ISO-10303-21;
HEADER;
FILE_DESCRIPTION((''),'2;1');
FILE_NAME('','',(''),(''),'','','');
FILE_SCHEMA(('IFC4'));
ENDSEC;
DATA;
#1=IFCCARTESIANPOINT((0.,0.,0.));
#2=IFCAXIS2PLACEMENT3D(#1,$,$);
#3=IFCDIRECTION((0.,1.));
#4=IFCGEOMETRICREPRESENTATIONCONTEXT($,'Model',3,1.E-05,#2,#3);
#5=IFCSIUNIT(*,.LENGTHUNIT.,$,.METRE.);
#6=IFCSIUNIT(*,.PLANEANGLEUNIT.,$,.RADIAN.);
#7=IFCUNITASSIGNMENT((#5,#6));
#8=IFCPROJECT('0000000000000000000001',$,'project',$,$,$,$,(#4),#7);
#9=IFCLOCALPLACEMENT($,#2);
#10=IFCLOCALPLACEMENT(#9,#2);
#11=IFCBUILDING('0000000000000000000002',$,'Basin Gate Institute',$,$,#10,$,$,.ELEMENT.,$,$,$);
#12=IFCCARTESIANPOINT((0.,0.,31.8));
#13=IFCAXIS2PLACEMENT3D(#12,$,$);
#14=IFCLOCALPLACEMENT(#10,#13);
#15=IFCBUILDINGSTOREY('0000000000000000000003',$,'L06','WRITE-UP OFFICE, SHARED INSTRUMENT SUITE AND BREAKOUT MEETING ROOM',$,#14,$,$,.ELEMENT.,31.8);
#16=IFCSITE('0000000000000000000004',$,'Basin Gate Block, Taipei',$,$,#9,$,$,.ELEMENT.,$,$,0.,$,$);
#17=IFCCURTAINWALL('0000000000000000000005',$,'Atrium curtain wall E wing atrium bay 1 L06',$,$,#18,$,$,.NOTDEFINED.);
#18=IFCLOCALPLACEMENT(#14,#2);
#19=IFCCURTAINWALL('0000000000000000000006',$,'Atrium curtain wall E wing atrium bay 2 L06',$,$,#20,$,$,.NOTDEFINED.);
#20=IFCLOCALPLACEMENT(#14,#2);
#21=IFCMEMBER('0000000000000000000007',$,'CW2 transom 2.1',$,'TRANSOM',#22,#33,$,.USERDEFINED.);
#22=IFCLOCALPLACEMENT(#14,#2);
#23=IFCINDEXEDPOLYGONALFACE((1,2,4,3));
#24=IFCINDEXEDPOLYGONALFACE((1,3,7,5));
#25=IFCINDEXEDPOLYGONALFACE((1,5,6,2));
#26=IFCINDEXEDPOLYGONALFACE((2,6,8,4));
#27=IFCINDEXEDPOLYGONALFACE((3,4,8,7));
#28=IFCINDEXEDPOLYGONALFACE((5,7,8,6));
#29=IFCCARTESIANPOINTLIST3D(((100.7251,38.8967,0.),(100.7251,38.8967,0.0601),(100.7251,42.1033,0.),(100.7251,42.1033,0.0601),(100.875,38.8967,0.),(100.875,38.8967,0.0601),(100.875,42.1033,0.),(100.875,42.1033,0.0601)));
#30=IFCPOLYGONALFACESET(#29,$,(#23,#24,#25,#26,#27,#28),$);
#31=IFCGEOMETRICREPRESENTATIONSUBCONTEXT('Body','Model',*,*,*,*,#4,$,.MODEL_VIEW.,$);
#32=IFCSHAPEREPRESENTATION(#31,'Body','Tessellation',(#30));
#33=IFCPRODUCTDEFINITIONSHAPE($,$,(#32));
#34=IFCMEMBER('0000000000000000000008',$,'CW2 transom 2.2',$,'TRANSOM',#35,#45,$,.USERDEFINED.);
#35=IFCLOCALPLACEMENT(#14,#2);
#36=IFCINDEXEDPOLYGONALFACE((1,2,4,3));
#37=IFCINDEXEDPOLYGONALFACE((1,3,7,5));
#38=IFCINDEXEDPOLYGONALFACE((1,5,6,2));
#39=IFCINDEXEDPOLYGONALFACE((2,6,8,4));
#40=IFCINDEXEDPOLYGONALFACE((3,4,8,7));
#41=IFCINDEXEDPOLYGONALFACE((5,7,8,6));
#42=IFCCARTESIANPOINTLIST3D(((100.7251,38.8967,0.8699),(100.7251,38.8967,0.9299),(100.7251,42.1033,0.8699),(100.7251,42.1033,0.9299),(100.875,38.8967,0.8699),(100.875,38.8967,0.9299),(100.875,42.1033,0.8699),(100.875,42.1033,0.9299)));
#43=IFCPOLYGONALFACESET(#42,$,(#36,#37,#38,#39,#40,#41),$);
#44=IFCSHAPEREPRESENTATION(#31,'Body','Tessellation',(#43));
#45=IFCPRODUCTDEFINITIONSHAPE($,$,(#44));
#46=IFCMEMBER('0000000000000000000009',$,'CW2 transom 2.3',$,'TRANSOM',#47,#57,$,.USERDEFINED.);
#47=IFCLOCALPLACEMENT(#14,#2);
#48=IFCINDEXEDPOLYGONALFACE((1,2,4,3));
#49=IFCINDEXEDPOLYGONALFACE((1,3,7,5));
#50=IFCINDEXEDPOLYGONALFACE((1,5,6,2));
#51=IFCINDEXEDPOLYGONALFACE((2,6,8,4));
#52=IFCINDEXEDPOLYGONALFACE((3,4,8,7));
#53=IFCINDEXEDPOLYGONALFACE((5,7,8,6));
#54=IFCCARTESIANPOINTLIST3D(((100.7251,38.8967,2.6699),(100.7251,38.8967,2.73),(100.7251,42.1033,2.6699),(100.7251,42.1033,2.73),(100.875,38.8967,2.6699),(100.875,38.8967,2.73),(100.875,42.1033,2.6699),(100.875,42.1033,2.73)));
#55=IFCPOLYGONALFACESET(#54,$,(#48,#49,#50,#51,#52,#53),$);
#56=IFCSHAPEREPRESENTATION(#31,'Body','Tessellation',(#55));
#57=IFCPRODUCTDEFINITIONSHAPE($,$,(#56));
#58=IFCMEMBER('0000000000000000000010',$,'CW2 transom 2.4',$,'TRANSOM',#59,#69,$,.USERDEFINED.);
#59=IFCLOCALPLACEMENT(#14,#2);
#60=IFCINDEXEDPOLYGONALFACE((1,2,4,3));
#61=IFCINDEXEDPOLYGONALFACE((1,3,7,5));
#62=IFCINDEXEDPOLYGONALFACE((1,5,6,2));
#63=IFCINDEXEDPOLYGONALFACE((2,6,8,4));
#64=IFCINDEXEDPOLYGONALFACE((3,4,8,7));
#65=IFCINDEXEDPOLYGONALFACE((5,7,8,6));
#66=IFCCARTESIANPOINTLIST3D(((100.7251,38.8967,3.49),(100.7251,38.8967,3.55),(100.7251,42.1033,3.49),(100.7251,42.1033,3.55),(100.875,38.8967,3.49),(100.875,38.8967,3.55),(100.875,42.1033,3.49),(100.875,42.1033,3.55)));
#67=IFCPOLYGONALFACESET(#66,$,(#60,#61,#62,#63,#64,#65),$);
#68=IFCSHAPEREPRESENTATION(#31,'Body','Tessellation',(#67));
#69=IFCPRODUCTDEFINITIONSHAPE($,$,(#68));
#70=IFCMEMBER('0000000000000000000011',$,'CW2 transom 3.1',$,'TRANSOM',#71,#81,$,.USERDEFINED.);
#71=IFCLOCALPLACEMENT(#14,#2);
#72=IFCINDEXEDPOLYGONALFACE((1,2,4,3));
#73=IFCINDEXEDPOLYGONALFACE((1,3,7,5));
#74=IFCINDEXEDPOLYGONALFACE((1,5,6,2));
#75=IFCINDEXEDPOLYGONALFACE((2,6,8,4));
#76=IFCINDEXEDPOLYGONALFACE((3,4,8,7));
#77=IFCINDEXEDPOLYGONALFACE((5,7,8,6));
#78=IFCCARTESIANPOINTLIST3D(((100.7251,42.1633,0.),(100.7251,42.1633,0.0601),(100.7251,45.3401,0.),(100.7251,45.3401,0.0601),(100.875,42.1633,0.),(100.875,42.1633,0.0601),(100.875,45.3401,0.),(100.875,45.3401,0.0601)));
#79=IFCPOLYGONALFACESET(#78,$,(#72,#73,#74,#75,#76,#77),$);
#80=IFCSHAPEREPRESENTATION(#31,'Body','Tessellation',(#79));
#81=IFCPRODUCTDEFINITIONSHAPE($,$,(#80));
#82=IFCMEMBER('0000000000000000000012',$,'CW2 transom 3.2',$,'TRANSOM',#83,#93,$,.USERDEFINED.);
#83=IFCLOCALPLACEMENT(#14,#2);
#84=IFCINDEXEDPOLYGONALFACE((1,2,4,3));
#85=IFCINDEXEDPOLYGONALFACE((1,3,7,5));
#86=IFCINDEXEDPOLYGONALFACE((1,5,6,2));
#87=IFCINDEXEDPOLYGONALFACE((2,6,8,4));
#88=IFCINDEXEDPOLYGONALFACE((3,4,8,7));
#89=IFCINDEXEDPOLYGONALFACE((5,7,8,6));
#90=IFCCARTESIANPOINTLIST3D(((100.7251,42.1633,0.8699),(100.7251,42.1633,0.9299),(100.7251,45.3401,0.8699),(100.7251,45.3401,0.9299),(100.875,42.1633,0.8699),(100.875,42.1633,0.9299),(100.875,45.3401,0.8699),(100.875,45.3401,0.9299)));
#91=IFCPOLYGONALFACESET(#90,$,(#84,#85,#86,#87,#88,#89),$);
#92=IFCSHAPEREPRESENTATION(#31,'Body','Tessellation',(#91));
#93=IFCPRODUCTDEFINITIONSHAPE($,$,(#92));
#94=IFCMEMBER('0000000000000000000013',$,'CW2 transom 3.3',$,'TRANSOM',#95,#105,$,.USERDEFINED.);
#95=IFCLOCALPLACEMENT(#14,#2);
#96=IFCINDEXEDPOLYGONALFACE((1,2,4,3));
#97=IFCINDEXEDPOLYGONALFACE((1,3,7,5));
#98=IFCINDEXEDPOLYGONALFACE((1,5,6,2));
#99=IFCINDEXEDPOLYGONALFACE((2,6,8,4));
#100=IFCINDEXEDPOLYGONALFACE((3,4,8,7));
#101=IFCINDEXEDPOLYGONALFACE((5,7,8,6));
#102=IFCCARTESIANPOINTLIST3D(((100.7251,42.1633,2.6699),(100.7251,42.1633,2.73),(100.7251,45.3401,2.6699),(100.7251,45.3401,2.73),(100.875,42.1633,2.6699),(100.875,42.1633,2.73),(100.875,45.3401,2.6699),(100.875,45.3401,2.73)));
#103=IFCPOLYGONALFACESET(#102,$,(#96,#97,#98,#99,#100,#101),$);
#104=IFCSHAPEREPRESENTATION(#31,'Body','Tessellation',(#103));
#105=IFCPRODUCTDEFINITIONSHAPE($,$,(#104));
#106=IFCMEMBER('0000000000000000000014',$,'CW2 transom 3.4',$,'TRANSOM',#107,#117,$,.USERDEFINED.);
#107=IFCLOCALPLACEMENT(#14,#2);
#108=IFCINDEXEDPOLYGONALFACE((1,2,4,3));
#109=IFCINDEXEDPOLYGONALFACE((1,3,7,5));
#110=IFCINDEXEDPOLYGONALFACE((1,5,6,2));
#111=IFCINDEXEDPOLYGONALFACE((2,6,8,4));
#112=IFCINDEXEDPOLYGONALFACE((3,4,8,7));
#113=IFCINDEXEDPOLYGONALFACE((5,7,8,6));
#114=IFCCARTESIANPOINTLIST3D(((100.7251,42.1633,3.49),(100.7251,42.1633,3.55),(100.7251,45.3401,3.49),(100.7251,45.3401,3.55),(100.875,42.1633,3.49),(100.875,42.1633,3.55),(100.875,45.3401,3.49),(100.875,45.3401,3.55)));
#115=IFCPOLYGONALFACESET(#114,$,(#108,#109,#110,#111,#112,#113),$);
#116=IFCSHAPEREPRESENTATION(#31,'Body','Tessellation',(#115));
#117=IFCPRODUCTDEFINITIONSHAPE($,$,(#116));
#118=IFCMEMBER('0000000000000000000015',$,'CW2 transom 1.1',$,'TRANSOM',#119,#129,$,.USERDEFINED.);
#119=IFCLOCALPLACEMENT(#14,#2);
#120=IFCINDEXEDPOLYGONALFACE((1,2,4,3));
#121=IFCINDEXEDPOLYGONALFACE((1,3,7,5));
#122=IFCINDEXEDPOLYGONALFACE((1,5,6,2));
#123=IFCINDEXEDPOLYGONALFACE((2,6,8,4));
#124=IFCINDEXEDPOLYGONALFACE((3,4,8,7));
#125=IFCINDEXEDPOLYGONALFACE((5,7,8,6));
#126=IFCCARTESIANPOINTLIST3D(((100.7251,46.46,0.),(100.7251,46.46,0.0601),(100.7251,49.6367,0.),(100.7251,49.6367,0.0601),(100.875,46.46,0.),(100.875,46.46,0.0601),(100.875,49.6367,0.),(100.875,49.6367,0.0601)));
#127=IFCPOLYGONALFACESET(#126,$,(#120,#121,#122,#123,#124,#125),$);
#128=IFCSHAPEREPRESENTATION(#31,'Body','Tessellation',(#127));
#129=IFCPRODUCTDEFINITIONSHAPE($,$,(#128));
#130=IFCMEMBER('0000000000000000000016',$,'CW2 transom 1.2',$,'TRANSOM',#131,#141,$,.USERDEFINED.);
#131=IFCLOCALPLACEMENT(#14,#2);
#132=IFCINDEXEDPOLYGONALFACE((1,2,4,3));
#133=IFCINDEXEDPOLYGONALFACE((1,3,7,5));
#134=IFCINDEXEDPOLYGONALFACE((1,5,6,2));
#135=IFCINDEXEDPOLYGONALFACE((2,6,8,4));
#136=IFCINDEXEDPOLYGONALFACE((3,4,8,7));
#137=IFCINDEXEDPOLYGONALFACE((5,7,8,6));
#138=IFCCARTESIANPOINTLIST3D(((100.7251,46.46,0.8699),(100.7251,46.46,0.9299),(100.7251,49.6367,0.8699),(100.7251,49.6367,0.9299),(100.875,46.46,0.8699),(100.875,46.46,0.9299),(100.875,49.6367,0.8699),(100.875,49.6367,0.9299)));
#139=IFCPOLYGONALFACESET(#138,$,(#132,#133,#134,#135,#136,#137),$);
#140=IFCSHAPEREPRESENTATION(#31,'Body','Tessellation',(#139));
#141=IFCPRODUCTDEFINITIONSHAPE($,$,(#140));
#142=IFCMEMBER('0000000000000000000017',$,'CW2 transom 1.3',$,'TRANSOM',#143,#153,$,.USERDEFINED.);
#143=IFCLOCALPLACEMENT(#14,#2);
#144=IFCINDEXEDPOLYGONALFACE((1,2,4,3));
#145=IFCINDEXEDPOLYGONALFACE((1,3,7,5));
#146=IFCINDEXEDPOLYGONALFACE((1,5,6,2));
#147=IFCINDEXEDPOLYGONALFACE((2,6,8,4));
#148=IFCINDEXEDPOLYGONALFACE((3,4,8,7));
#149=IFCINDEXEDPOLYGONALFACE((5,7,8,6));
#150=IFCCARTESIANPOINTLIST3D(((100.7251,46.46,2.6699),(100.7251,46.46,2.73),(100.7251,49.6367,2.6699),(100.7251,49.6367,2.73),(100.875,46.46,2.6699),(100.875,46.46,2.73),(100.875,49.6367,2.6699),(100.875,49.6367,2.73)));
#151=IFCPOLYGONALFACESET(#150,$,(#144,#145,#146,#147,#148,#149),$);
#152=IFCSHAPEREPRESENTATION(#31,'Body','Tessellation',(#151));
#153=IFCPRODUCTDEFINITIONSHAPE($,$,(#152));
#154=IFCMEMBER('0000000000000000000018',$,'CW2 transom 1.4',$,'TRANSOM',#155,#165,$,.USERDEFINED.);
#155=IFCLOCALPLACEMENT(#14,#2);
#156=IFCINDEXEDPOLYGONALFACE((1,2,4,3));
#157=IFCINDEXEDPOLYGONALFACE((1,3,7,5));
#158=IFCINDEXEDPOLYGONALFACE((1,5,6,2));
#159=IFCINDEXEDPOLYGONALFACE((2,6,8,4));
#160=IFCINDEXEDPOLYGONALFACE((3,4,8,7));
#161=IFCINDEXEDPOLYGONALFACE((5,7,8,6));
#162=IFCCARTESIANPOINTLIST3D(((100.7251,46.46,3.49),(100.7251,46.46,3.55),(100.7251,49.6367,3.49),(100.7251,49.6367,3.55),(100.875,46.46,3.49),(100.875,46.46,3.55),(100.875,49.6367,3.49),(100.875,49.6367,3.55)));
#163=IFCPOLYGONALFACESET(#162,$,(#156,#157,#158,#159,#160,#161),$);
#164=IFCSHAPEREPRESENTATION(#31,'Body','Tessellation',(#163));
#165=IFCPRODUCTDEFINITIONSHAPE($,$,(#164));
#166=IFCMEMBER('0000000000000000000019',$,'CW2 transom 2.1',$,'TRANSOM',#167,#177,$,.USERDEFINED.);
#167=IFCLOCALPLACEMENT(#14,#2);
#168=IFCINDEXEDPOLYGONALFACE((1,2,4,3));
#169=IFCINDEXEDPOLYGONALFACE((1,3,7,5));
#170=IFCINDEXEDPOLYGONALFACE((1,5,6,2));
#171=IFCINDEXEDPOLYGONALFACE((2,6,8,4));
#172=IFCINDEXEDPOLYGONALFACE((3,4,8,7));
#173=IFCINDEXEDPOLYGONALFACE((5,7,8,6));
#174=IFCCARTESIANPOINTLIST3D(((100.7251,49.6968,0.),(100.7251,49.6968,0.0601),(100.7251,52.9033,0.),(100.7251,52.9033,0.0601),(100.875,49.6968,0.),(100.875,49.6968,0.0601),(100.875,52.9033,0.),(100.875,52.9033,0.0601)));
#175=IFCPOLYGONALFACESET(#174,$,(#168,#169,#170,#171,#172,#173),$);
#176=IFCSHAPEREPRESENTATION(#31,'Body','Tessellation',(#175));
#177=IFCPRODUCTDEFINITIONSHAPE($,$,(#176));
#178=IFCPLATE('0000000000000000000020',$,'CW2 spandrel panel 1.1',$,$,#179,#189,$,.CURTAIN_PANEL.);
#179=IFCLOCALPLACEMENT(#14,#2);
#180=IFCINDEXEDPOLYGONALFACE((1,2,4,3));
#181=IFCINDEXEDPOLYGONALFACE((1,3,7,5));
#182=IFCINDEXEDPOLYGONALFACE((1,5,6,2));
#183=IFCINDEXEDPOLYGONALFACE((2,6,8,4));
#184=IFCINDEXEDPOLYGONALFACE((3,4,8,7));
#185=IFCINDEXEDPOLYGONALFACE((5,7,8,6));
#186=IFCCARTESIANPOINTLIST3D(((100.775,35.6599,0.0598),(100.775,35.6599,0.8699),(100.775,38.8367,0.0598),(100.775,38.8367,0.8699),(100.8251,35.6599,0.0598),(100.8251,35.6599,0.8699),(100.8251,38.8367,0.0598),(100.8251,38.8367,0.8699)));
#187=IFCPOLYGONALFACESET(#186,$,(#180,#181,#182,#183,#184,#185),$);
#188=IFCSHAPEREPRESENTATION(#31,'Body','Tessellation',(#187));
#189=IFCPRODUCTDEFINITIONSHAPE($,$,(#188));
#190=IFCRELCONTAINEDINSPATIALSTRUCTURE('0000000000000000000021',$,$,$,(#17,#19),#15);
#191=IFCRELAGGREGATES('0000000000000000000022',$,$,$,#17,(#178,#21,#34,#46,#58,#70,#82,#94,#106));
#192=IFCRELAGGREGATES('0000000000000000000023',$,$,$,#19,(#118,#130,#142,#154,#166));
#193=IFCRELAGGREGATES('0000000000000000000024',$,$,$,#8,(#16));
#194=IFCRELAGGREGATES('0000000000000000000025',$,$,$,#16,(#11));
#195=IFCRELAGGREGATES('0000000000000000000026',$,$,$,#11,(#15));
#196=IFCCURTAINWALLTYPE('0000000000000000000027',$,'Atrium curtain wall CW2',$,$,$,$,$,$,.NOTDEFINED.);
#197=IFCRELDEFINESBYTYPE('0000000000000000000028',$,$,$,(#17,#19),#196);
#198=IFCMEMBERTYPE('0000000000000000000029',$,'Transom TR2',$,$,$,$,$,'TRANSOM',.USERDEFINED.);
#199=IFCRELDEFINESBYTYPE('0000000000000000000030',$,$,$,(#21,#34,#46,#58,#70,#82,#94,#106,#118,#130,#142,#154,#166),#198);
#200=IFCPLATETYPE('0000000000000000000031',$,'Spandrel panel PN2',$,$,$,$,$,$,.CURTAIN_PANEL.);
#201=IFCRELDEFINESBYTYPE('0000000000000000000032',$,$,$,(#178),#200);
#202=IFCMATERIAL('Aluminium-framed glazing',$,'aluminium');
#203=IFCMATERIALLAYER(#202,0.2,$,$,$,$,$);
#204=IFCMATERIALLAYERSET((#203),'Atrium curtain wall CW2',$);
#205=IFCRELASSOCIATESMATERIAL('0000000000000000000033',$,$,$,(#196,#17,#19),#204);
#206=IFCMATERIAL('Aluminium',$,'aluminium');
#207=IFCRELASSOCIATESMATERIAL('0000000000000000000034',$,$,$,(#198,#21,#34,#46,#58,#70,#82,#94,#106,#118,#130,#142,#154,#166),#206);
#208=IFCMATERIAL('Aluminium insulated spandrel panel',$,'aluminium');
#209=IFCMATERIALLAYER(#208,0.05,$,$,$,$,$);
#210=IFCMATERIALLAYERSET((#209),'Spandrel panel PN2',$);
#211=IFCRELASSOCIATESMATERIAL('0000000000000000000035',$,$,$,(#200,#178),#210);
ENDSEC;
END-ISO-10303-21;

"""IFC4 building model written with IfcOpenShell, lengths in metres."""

from ifc_helpers import new_model, si_unit, direction, frame, origin, origin_2d, place, context, subcontext, project, spatial, rectangle, extrude, material, layer, layer_set, material_profile, profile_set, type_object, element, aggregate, save


model = new_model("IFC4")

# Units and contexts
model_context = context("Model", 3, precision=1e-05, world=origin(), true_north=direction((0.0, 1.0)))
body_context = subcontext(model_context, "Body", "Model", "MODEL_VIEW")
ifc_project = project(units=[si_unit("LENGTHUNIT", "METRE"), si_unit("PLANEANGLEUNIT", "RADIAN")], contexts=[model_context])

# Site, building, storey
site_placement = place(None, origin())
site = spatial("IfcSite", under=ifc_project, at=site_placement, Name="Basin Gate Block, Taipei", CompositionType="ELEMENT", RefElevation=0.0)
building_placement = place(site_placement, origin())
building = spatial("IfcBuilding", under=site, at=building_placement, Name="Basin Gate Institute", CompositionType="ELEMENT")
storey_placement = place(building_placement, frame((0.0, 0.0, 31.8)))
storey = spatial("IfcBuildingStorey", under=building, at=storey_placement, Name="L06", Description="WRITE-UP OFFICE, SHARED INSTRUMENT SUITE AND BREAKOUT MEETING ROOM", CompositionType="ELEMENT", Elevation=31.8)

# Curtain walls
ifc_material_1 = material(Name="Aluminium-framed glazing", Category="aluminium")
ifc_layer_1 = layer(ifc_material_1, 0.2)
ifc_layer_set_1 = layer_set([ifc_layer_1], Name="Atrium curtain wall CW2")
curtain_wall_type = type_object("IfcCurtainWallType", Name="Atrium curtain wall CW2", PredefinedType="NOTDEFINED", material=ifc_layer_set_1)
curtain_wall_1_placement = place(storey_placement, origin())
curtain_wall_1 = element("IfcCurtainWall", 1, at=curtain_wall_1_placement, inside=storey, type_object=curtain_wall_type, material=ifc_layer_set_1, Name="Atrium curtain wall E wing atrium bay 1 L06", PredefinedType="NOTDEFINED")
curtain_wall_2_placement = place(storey_placement, origin())
curtain_wall_2 = element("IfcCurtainWall", 2, at=curtain_wall_2_placement, inside=storey, type_object=curtain_wall_type, material=ifc_layer_set_1, Name="Atrium curtain wall E wing atrium bay 2 L06", PredefinedType="NOTDEFINED")

# Members
ifc_material_2 = material(Name="Aluminium", Category="aluminium")
ifc_material_profile_1 = material_profile(ifc_material_2, rectangle(XDim=0.1499, YDim=0.0601, at=origin_2d()), Name="Transom TR2 150 x 60")
ifc_profile_set_1 = profile_set([ifc_material_profile_1], Name="Aluminium")
member_type_1 = type_object("IfcMemberType", Name="Transom TR2", ElementType="TRANSOM", PredefinedType="USERDEFINED", material=ifc_profile_set_1)
member_1_placement = place(storey_placement, frame((100.8, 38.8967, 0.03), z_axis=(0.0, 1.0, 0.0), x_axis=(-1.0, 0.0, 0.0)))
member_1 = element("IfcMember", 3, at=member_1_placement, type_object=member_type_1, material=ifc_profile_set_1, Name="CW2 transom 2.1", ObjectType="TRANSOM", PredefinedType="USERDEFINED", context=body_context, shape_type="SweptSolid", body=[
    extrude(rectangle(XDim=0.1499, YDim=0.0601, at=origin_2d()), origin(), (0.0, 0.0, 1.0), 3.2065),
])
member_2_placement = place(storey_placement, frame((100.8, 38.8967, 0.8999), z_axis=(0.0, 1.0, 0.0), x_axis=(-1.0, 0.0, 0.0)))
member_2 = element("IfcMember", 4, at=member_2_placement, type_object=member_type_1, material=ifc_profile_set_1, Name="CW2 transom 2.2", ObjectType="TRANSOM", PredefinedType="USERDEFINED", context=body_context, shape_type="SweptSolid", body=[
    extrude(rectangle(XDim=0.1499, YDim=0.0601, at=origin_2d()), origin(), (0.0, 0.0, 1.0), 3.2065),
])
member_3_placement = place(storey_placement, frame((100.8, 38.8967, 2.7), z_axis=(0.0, 1.0, 0.0), x_axis=(-1.0, 0.0, 0.0)))
member_3 = element("IfcMember", 5, at=member_3_placement, type_object=member_type_1, material=ifc_profile_set_1, Name="CW2 transom 2.3", ObjectType="TRANSOM", PredefinedType="USERDEFINED", context=body_context, shape_type="SweptSolid", body=[
    extrude(rectangle(XDim=0.1499, YDim=0.0601, at=origin_2d()), origin(), (0.0, 0.0, 1.0), 3.2065),
])
member_4_placement = place(storey_placement, frame((100.8, 38.8967, 3.52), z_axis=(0.0, 1.0, 0.0), x_axis=(-1.0, 0.0, 0.0)))
member_4 = element("IfcMember", 6, at=member_4_placement, type_object=member_type_1, material=ifc_profile_set_1, Name="CW2 transom 2.4", ObjectType="TRANSOM", PredefinedType="USERDEFINED", context=body_context, shape_type="SweptSolid", body=[
    extrude(rectangle(XDim=0.1499, YDim=0.0601, at=origin_2d()), origin(), (0.0, 0.0, 1.0), 3.2065),
])
member_5_placement = place(storey_placement, frame((100.8, 42.1633, 0.03), z_axis=(0.0, 1.0, 0.0), x_axis=(-1.0, 0.0, 0.0)))
member_5 = element("IfcMember", 7, at=member_5_placement, type_object=member_type_1, material=ifc_profile_set_1, Name="CW2 transom 3.1", ObjectType="TRANSOM", PredefinedType="USERDEFINED", context=body_context, shape_type="SweptSolid", body=[
    extrude(rectangle(XDim=0.1499, YDim=0.0601, at=origin_2d()), origin(), (0.0, 0.0, 1.0), 3.1768),
])
member_6_placement = place(storey_placement, frame((100.8, 42.1633, 0.8999), z_axis=(0.0, 1.0, 0.0), x_axis=(-1.0, 0.0, 0.0)))
member_6 = element("IfcMember", 8, at=member_6_placement, type_object=member_type_1, material=ifc_profile_set_1, Name="CW2 transom 3.2", ObjectType="TRANSOM", PredefinedType="USERDEFINED", context=body_context, shape_type="SweptSolid", body=[
    extrude(rectangle(XDim=0.1499, YDim=0.0601, at=origin_2d()), origin(), (0.0, 0.0, 1.0), 3.1768),
])
member_7_placement = place(storey_placement, frame((100.8, 42.1633, 2.7), z_axis=(0.0, 1.0, 0.0), x_axis=(-1.0, 0.0, 0.0)))
member_7 = element("IfcMember", 9, at=member_7_placement, type_object=member_type_1, material=ifc_profile_set_1, Name="CW2 transom 3.3", ObjectType="TRANSOM", PredefinedType="USERDEFINED", context=body_context, shape_type="SweptSolid", body=[
    extrude(rectangle(XDim=0.1499, YDim=0.0601, at=origin_2d()), origin(), (0.0, 0.0, 1.0), 3.1768),
])
member_8_placement = place(storey_placement, frame((100.8, 42.1633, 3.52), z_axis=(0.0, 1.0, 0.0), x_axis=(-1.0, 0.0, 0.0)))
member_8 = element("IfcMember", 10, at=member_8_placement, type_object=member_type_1, material=ifc_profile_set_1, Name="CW2 transom 3.4", ObjectType="TRANSOM", PredefinedType="USERDEFINED", context=body_context, shape_type="SweptSolid", body=[
    extrude(rectangle(XDim=0.1499, YDim=0.0601, at=origin_2d()), origin(), (0.0, 0.0, 1.0), 3.1768),
])
member_9_placement = place(storey_placement, frame((100.8, 46.46, 0.03), z_axis=(0.0, 1.0, 0.0), x_axis=(-1.0, 0.0, 0.0)))
member_9 = element("IfcMember", 11, at=member_9_placement, type_object=member_type_1, material=ifc_profile_set_1, Name="CW2 transom 1.1", ObjectType="TRANSOM", PredefinedType="USERDEFINED", context=body_context, shape_type="SweptSolid", body=[
    extrude(rectangle(XDim=0.1499, YDim=0.0601, at=origin_2d()), origin(), (0.0, 0.0, 1.0), 3.1768),
])
member_10_placement = place(storey_placement, frame((100.8, 46.46, 0.8999), z_axis=(0.0, 1.0, 0.0), x_axis=(-1.0, 0.0, 0.0)))
member_10 = element("IfcMember", 12, at=member_10_placement, type_object=member_type_1, material=ifc_profile_set_1, Name="CW2 transom 1.2", ObjectType="TRANSOM", PredefinedType="USERDEFINED", context=body_context, shape_type="SweptSolid", body=[
    extrude(rectangle(XDim=0.1499, YDim=0.0601, at=origin_2d()), origin(), (0.0, 0.0, 1.0), 3.1768),
])
member_11_placement = place(storey_placement, frame((100.8, 46.46, 2.7), z_axis=(0.0, 1.0, 0.0), x_axis=(-1.0, 0.0, 0.0)))
member_11 = element("IfcMember", 13, at=member_11_placement, type_object=member_type_1, material=ifc_profile_set_1, Name="CW2 transom 1.3", ObjectType="TRANSOM", PredefinedType="USERDEFINED", context=body_context, shape_type="SweptSolid", body=[
    extrude(rectangle(XDim=0.1499, YDim=0.0601, at=origin_2d()), origin(), (0.0, 0.0, 1.0), 3.1768),
])
member_12_placement = place(storey_placement, frame((100.8, 46.46, 3.52), z_axis=(0.0, 1.0, 0.0), x_axis=(-1.0, 0.0, 0.0)))
member_12 = element("IfcMember", 14, at=member_12_placement, type_object=member_type_1, material=ifc_profile_set_1, Name="CW2 transom 1.4", ObjectType="TRANSOM", PredefinedType="USERDEFINED", context=body_context, shape_type="SweptSolid", body=[
    extrude(rectangle(XDim=0.1499, YDim=0.0601, at=origin_2d()), origin(), (0.0, 0.0, 1.0), 3.1768),
])
member_13_placement = place(storey_placement, frame((100.8, 49.6968, 0.03), z_axis=(0.0, 1.0, 0.0), x_axis=(-1.0, 0.0, 0.0)))
member_13 = element("IfcMember", 15, at=member_13_placement, type_object=member_type_1, material=ifc_profile_set_1, Name="CW2 transom 2.1", ObjectType="TRANSOM", PredefinedType="USERDEFINED", context=body_context, shape_type="SweptSolid", body=[
    extrude(rectangle(XDim=0.1499, YDim=0.0601, at=origin_2d()), origin(), (0.0, 0.0, 1.0), 3.2065),
])

# Plate
ifc_material_3 = material(Name="Aluminium insulated spandrel panel", Category="aluminium")
ifc_layer_2 = layer(ifc_material_3, 0.05)
ifc_layer_set_2 = layer_set([ifc_layer_2], Name="Spandrel panel PN2")
plate_type_1 = type_object("IfcPlateType", Name="Spandrel panel PN2", PredefinedType="CURTAIN_PANEL", material=ifc_layer_set_2)
plate_1_placement = place(storey_placement, frame((100.8, 37.2483, 0.0598), z_axis=(0.0, 0.0, 1.0), x_axis=(0.0, 1.0, 0.0)))
plate_1 = element("IfcPlate", 16, at=plate_1_placement, type_object=plate_type_1, material=ifc_layer_set_2, Name="CW2 spandrel panel 1.1", PredefinedType="CURTAIN_PANEL", context=body_context, shape_type="SweptSolid", body=[
    extrude(rectangle(XDim=3.1768, YDim=0.05, at=origin_2d()), origin(), (0.0, 0.0, 1.0), 0.8101),
])
aggregate(curtain_wall_1, [plate_1, member_1, member_2, member_3, member_4, member_5, member_6, member_7, member_8])
aggregate(curtain_wall_2, [member_9, member_10, member_11, member_12, member_13])

save(model, "model.ifc")
